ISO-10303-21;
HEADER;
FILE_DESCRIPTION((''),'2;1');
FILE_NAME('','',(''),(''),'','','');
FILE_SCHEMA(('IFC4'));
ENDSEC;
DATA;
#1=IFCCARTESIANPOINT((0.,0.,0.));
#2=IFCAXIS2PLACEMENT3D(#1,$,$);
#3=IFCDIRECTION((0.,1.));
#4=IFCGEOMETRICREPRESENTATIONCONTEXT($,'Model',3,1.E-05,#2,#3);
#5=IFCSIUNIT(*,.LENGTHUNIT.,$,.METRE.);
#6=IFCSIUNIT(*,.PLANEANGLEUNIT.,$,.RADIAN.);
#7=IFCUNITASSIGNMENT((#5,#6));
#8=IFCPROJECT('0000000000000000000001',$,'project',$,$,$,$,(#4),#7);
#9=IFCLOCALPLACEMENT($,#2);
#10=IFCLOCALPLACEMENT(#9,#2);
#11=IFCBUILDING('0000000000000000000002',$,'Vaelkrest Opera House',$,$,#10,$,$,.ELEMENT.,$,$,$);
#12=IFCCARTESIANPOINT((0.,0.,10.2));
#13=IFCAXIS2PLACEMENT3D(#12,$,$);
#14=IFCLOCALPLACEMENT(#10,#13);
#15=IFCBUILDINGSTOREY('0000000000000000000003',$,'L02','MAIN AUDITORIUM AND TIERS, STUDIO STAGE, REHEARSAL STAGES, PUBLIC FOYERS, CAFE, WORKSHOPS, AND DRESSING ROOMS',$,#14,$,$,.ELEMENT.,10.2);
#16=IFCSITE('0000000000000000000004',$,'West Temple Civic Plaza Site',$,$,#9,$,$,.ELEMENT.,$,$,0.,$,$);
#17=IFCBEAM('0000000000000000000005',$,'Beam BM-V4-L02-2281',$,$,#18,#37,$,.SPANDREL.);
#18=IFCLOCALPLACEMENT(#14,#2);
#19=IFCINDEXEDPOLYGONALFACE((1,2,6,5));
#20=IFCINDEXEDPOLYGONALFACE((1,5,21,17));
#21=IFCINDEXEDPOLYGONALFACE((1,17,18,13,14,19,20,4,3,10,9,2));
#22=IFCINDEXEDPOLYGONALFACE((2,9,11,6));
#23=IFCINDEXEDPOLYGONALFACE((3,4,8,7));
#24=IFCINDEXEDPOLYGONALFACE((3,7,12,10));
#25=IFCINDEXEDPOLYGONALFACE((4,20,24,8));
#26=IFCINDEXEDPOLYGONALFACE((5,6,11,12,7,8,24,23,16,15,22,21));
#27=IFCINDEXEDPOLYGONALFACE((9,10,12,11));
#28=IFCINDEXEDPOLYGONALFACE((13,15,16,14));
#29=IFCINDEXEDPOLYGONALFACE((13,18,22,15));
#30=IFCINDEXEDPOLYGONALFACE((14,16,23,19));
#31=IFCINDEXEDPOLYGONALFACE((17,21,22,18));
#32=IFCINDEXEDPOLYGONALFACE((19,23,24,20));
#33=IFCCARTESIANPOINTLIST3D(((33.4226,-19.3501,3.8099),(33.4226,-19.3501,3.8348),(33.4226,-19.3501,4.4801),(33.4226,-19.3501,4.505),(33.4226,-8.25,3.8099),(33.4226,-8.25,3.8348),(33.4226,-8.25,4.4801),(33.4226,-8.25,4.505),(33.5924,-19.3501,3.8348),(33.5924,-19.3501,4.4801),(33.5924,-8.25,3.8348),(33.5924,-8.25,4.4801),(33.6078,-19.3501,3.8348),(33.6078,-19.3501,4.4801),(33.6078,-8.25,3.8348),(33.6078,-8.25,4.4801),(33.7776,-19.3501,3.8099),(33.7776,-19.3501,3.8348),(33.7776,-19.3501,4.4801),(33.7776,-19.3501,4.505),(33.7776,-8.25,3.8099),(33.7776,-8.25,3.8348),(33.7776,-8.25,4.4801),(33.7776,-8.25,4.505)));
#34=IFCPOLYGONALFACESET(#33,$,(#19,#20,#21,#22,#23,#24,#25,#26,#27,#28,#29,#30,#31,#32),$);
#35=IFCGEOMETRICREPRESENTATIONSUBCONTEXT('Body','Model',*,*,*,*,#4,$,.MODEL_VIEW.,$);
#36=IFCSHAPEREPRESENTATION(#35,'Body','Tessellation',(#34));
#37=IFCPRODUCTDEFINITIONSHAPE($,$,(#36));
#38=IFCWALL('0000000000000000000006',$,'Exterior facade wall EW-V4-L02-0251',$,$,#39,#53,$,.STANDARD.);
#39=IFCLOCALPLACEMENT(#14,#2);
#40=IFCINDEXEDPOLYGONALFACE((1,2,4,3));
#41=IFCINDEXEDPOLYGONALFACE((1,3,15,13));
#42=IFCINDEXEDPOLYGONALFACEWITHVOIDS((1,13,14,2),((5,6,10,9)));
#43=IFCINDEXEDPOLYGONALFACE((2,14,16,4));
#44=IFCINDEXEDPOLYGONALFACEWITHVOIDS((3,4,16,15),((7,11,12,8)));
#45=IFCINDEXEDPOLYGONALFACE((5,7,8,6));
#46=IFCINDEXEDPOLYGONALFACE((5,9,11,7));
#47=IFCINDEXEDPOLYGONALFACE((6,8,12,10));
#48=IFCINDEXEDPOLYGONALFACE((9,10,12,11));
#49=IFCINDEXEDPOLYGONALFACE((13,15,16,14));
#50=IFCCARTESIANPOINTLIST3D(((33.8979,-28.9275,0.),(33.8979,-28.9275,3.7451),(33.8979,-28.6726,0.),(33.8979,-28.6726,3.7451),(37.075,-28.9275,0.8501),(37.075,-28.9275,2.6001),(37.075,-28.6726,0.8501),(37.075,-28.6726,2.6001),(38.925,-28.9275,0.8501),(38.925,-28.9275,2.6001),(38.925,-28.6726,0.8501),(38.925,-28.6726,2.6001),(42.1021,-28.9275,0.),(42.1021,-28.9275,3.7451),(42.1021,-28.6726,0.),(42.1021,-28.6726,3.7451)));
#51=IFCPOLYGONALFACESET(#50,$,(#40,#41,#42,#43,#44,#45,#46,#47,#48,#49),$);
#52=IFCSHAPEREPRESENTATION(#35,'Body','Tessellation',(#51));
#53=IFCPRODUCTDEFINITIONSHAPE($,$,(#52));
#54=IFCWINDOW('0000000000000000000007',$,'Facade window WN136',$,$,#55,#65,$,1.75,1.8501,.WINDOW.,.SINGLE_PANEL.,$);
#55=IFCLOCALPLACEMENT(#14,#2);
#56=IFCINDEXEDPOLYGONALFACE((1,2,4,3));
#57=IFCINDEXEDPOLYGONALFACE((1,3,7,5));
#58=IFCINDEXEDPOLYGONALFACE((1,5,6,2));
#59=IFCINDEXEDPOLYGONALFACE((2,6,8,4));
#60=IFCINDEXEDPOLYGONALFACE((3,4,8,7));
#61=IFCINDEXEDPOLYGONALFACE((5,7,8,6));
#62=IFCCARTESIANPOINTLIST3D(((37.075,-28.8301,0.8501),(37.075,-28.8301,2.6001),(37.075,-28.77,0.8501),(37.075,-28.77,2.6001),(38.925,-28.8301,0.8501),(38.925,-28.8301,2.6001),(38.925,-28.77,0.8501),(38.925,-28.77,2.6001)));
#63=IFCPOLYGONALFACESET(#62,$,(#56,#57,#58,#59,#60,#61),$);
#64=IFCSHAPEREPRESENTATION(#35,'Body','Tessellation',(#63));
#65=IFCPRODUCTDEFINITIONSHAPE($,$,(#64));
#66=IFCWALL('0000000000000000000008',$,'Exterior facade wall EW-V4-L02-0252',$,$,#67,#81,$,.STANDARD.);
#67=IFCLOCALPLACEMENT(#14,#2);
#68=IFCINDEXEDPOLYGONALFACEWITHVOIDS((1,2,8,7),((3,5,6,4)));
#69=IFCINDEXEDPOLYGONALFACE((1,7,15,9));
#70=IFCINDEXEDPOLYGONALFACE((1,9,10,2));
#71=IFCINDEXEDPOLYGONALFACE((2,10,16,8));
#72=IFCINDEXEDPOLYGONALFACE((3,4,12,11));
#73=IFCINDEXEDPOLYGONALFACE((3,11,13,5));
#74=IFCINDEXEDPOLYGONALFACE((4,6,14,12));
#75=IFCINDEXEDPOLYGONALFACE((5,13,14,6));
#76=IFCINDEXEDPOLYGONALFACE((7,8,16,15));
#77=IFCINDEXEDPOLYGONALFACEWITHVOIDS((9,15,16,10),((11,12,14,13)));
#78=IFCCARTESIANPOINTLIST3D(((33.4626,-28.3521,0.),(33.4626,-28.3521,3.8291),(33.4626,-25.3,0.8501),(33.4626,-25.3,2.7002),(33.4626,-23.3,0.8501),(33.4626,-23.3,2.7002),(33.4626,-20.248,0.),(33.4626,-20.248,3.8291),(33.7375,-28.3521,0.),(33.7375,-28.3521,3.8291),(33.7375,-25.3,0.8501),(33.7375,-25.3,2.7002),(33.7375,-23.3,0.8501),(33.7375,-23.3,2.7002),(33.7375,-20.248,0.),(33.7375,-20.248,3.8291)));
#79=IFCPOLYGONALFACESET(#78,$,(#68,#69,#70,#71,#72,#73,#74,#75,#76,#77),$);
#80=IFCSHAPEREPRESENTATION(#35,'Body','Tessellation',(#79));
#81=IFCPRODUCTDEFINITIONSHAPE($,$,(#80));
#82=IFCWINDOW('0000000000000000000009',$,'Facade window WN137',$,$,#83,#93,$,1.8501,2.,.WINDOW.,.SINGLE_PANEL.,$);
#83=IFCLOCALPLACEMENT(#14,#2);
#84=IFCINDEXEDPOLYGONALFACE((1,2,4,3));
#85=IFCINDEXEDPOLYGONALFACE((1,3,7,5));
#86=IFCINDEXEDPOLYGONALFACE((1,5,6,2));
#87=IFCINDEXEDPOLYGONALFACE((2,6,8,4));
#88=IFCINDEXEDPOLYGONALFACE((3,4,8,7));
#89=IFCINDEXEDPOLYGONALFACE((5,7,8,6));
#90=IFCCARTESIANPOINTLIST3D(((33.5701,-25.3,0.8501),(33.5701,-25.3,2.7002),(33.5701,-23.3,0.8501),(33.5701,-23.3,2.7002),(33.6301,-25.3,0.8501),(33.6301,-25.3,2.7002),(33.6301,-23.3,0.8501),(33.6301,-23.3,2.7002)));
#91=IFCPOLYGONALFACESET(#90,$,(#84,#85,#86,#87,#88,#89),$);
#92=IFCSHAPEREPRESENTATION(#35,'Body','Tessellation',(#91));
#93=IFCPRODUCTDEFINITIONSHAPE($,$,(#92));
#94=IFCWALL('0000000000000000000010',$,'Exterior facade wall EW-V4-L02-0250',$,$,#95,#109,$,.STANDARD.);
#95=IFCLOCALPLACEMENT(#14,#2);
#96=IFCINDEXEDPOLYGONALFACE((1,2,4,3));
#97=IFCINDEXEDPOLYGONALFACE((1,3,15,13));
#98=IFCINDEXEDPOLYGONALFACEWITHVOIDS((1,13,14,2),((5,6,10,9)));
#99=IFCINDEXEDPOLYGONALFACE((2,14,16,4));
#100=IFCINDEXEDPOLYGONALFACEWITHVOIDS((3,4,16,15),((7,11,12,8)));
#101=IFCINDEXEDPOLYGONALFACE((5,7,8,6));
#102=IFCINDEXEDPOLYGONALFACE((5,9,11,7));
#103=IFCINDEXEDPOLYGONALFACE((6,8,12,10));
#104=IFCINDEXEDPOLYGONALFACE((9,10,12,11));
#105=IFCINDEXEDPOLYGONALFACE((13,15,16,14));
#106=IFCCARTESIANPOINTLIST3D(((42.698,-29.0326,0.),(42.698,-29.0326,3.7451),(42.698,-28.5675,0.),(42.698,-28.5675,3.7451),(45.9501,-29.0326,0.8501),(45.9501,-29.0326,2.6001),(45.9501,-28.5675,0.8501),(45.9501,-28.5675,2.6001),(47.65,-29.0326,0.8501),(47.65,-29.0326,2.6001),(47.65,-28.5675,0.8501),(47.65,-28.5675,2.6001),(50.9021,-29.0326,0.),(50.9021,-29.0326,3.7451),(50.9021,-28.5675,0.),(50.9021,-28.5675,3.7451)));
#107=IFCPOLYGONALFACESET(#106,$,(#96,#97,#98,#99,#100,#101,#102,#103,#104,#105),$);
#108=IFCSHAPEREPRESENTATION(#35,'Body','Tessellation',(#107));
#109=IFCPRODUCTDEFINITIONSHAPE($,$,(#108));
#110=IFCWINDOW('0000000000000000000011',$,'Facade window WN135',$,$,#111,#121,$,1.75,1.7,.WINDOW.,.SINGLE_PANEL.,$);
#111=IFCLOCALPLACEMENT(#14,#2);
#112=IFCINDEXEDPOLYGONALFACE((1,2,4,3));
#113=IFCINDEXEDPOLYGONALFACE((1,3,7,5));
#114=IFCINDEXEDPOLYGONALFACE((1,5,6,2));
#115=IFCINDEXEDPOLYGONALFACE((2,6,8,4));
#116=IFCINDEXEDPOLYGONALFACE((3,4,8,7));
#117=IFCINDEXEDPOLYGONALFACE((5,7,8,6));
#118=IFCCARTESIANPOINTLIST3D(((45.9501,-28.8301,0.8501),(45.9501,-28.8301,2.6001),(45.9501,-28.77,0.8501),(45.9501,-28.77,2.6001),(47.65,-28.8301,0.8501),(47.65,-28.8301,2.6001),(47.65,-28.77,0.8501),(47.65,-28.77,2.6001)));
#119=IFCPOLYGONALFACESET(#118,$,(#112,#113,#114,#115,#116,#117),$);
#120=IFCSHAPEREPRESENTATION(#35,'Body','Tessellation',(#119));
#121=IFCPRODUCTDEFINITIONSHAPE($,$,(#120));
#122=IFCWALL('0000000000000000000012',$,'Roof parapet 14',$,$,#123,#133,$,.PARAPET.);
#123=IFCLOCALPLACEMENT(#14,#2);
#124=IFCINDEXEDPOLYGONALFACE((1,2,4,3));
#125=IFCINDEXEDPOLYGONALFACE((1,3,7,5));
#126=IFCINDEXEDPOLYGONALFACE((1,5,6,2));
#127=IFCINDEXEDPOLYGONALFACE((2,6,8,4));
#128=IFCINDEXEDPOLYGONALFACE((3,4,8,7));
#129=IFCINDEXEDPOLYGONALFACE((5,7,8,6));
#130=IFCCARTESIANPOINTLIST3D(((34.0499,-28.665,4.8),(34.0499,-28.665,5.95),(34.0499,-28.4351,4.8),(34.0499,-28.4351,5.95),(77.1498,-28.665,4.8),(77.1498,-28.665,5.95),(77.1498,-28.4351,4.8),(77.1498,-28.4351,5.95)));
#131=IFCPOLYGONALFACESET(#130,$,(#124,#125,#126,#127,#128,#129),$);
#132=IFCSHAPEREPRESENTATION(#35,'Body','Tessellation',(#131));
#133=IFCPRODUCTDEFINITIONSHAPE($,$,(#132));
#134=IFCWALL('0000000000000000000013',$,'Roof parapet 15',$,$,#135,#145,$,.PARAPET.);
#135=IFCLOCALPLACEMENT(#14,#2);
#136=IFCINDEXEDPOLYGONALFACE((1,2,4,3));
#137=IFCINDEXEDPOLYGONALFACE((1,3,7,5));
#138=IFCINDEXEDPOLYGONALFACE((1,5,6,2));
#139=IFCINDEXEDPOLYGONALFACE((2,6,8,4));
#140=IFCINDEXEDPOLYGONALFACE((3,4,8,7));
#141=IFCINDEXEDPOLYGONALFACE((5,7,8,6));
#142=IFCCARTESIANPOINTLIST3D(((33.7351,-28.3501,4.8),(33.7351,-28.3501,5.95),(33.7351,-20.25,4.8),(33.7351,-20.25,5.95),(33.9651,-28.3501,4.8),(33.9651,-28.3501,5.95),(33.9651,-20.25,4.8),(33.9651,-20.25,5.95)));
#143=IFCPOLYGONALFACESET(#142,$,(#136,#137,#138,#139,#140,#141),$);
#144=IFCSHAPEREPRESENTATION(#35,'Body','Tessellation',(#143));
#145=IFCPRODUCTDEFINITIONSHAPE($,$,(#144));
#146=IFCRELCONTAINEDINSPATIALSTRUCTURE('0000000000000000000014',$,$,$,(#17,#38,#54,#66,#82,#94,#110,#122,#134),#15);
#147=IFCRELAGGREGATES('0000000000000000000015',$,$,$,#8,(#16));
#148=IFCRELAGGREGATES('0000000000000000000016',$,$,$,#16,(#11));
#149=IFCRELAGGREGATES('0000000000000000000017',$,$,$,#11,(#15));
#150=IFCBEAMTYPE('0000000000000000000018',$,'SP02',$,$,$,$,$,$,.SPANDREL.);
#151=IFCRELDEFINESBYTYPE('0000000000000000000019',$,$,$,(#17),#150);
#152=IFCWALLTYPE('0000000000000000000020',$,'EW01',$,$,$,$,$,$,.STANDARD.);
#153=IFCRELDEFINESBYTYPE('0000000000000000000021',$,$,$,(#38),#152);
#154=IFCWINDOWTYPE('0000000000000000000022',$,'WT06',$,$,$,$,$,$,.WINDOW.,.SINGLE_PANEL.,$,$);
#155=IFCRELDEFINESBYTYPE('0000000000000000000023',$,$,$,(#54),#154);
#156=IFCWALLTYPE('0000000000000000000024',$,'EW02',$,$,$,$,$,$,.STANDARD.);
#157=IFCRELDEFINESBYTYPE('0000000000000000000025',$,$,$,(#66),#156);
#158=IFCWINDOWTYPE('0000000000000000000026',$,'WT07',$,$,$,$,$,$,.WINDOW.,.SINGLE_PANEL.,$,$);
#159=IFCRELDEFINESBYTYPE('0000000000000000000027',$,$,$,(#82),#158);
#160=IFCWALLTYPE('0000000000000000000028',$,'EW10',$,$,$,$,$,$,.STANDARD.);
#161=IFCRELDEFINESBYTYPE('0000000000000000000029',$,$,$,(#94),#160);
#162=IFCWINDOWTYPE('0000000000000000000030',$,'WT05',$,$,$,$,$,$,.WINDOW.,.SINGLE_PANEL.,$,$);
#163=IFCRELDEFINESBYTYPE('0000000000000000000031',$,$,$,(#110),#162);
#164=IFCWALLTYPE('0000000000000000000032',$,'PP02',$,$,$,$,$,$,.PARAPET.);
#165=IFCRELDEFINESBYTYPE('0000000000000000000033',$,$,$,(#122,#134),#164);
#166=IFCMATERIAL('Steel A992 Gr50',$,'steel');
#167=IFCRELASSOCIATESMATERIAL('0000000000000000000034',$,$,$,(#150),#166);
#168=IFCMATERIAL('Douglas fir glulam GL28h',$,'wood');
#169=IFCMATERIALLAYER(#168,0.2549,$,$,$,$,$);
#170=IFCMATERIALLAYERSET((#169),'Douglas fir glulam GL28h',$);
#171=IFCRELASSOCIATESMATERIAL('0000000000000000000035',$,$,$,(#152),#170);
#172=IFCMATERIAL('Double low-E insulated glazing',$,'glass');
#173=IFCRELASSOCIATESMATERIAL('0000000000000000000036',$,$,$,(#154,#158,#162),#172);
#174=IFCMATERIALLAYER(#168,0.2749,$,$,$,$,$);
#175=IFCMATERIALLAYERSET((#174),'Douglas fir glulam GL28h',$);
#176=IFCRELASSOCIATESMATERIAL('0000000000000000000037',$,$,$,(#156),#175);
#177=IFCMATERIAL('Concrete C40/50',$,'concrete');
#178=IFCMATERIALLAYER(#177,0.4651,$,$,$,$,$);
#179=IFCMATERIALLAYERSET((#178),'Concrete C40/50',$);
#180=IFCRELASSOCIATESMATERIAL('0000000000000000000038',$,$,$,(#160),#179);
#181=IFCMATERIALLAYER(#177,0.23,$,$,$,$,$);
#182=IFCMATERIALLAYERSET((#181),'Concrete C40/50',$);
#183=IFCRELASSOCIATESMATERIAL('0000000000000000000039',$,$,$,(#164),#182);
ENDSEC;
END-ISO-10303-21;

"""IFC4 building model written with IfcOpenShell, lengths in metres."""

from ifc_helpers import new_model, si_unit, direction, frame, frame_2d, origin, origin_2d, place, context, subcontext, project, spatial, rectangle, i_section, extrude, material, layer, layer_set, material_profile, profile_set, type_object, element, fill, save


model = new_model("IFC4")

# Units and contexts
model_context = context("Model", 3, precision=1e-05, world=origin(), true_north=direction((0.0, 1.0)))
body_context = subcontext(model_context, "Body", "Model", "MODEL_VIEW")
ifc_project = project(units=[si_unit("LENGTHUNIT", "METRE"), si_unit("PLANEANGLEUNIT", "RADIAN")], contexts=[model_context])

# Site, building, storey
site_placement = place(None, origin())
site = spatial("IfcSite", under=ifc_project, at=site_placement, Name="West Temple Civic Plaza Site", CompositionType="ELEMENT", RefElevation=0.0)
building_placement = place(site_placement, origin())
building = spatial("IfcBuilding", under=site, at=building_placement, Name="Vaelkrest Opera House", CompositionType="ELEMENT")
storey_placement = place(building_placement, frame((0.0, 0.0, 10.2)))
storey = spatial("IfcBuildingStorey", under=building, at=storey_placement, Name="L02", Description="MAIN AUDITORIUM AND TIERS, STUDIO STAGE, REHEARSAL STAGES, PUBLIC FOYERS, CAFE, WORKSHOPS, AND DRESSING ROOMS", CompositionType="ELEMENT", Elevation=10.2)

# Shared definitions
ifc_material_1 = material(Name="Steel A992 Gr50", Category="steel")

# Beam
ifc_material_profile_1 = material_profile(ifc_material_1, i_section(OverallWidth=0.355, OverallDepth=0.6951, WebThickness=0.0154, FlangeThickness=0.0249, at=origin_2d()), Name="W27X146")
ifc_profile_set_1 = profile_set([ifc_material_profile_1], Name="Steel A992 Gr50")
beam_type_1 = type_object("IfcBeamType", Name="SP02", PredefinedType="SPANDREL", material=ifc_profile_set_1)
beam_1_placement = place(storey_placement, frame((33.6001, -19.3501, 4.1575), z_axis=(0.0, 1.0, 0.0), x_axis=(-1.0, 0.0, 0.0)))
element("IfcBeam", 1, at=beam_1_placement, inside=storey, type_object=beam_type_1, Name="Beam BM-V4-L02-2281", PredefinedType="SPANDREL", context=body_context, shape_type="SweptSolid", body=[
    extrude(i_section(OverallWidth=0.355, OverallDepth=0.6951, WebThickness=0.0154, FlangeThickness=0.0249, at=origin_2d()), origin(), (0.0, 0.0, 1.0), 11.1001),
])

# Walls, openings, windows
ifc_material_2 = material(Name="Douglas fir glulam GL28h", Category="wood")
ifc_layer_1 = layer(ifc_material_2, 0.2549)
ifc_layer_set_1 = layer_set([ifc_layer_1], Name="Douglas fir glulam GL28h")
wall_type_1 = type_object("IfcWallType", Name="EW01", PredefinedType="STANDARD", material=ifc_layer_set_1)
wall_1_placement = place(storey_placement, frame((42.1021, -28.8, 0.0), z_axis=(0.0, 0.0, 1.0), x_axis=(-1.0, 0.0, 0.0)))
wall_1 = element("IfcWall", 2, at=wall_1_placement, inside=storey, type_object=wall_type_1, Name="Exterior facade wall EW-V4-L02-0251", PredefinedType="STANDARD", context=body_context, shape_type="SweptSolid", body=[
    extrude(rectangle(XDim=8.2041, YDim=0.2549, at=frame_2d((4.1021, 0.0))), origin(), (0.0, 0.0, 1.0), 3.7451),
])
opening_1_placement = place(wall_1_placement, frame((3.177, 0.0, 0.8501)))
opening_1 = element("IfcOpeningElement", 3, at=opening_1_placement, cuts=wall_1, PredefinedType="OPENING", context=body_context, shape_type="SweptSolid", body=[
    extrude(rectangle(XDim=1.8501, YDim=1.75, at=frame_2d((0.925, 0.875))), frame((0.0, 0.1375, 0.0), z_axis=(0.0, -1.0, 0.0), x_axis=(1.0, 0.0, 0.0)), (0.0, 0.0, 1.0), 0.2749),
])
ifc_material_3 = material(Name="Double low-E insulated glazing", Category="glass")
window_type_1 = type_object("IfcWindowType", Name="WT06", PartitioningType="SINGLE_PANEL", PredefinedType="WINDOW", material=ifc_material_3)
window_1_placement = place(opening_1_placement, origin())
window_1 = element("IfcWindow", 4, at=window_1_placement, inside=storey, type_object=window_type_1, Name="Facade window WN136", OverallHeight=1.75, OverallWidth=1.8501, PartitioningType="SINGLE_PANEL", PredefinedType="WINDOW", context=body_context, shape_type="SweptSolid", body=[
    extrude(rectangle(XDim=1.8501, YDim=1.75, at=frame_2d((0.925, 0.875))), frame((0.0, 0.03, 0.0), z_axis=(0.0, -1.0, 0.0), x_axis=(1.0, 0.0, 0.0)), (0.0, 0.0, 1.0), 0.0601),
])
fill(opening_1, window_1)
ifc_layer_2 = layer(ifc_material_2, 0.2749)
ifc_layer_set_2 = layer_set([ifc_layer_2], Name="Douglas fir glulam GL28h")
wall_type_2 = type_object("IfcWallType", Name="EW02", PredefinedType="STANDARD", material=ifc_layer_set_2)
wall_2_placement = place(storey_placement, frame((33.6001, -28.3521, 0.0), z_axis=(0.0, 0.0, 1.0), x_axis=(0.0, 1.0, 0.0)))
wall_2 = element("IfcWall", 5, at=wall_2_placement, inside=storey, type_object=wall_type_2, Name="Exterior facade wall EW-V4-L02-0252", PredefinedType="STANDARD", context=body_context, shape_type="SweptSolid", body=[
    extrude(rectangle(XDim=8.104, YDim=0.2749, at=frame_2d((4.052, 0.0))), origin(), (0.0, 0.0, 1.0), 3.8291),
])
opening_2_placement = place(wall_2_placement, frame((3.052, 0.0, 0.8501)))
opening_2 = element("IfcOpeningElement", 6, at=opening_2_placement, cuts=wall_2, PredefinedType="OPENING", context=body_context, shape_type="SweptSolid", body=[
    extrude(rectangle(XDim=2.0, YDim=1.8501, at=frame_2d((1.0, 0.925))), frame((0.0, 0.1475, 0.0), z_axis=(0.0, -1.0, 0.0), x_axis=(1.0, 0.0, 0.0)), (0.0, 0.0, 1.0), 0.2949),
])
window_type_2 = type_object("IfcWindowType", Name="WT07", PartitioningType="SINGLE_PANEL", PredefinedType="WINDOW", material=ifc_material_3)
window_2_placement = place(opening_2_placement, origin())
window_2 = element("IfcWindow", 7, at=window_2_placement, inside=storey, type_object=window_type_2, Name="Facade window WN137", OverallHeight=1.8501, OverallWidth=2.0, PartitioningType="SINGLE_PANEL", PredefinedType="WINDOW", context=body_context, shape_type="SweptSolid", body=[
    extrude(rectangle(XDim=2.0, YDim=1.8501, at=frame_2d((1.0, 0.925))), frame((0.0, 0.03, 0.0), z_axis=(0.0, -1.0, 0.0), x_axis=(1.0, 0.0, 0.0)), (0.0, 0.0, 1.0), 0.0601),
])
fill(opening_2, window_2)
ifc_material_4 = material(Name="Concrete C40/50", Category="concrete")
ifc_layer_3 = layer(ifc_material_4, 0.4651)
ifc_layer_set_3 = layer_set([ifc_layer_3], Name="Concrete C40/50")
wall_type_3 = type_object("IfcWallType", Name="EW10", PredefinedType="STANDARD", material=ifc_layer_set_3)
wall_3_placement = place(storey_placement, frame((50.9021, -28.8, 0.0), z_axis=(0.0, 0.0, 1.0), x_axis=(-1.0, 0.0, 0.0)))
wall_3 = element("IfcWall", 8, at=wall_3_placement, inside=storey, type_object=wall_type_3, Name="Exterior facade wall EW-V4-L02-0250", PredefinedType="STANDARD", context=body_context, shape_type="SweptSolid", body=[
    extrude(rectangle(XDim=8.2041, YDim=0.4651, at=frame_2d((4.1021, 0.0))), origin(), (0.0, 0.0, 1.0), 3.7451),
])
opening_3_placement = place(wall_3_placement, frame((3.252, 0.0, 0.8501)))
opening_3 = element("IfcOpeningElement", 9, at=opening_3_placement, cuts=wall_3, PredefinedType="OPENING", context=body_context, shape_type="SweptSolid", body=[
    extrude(rectangle(XDim=1.7, YDim=1.75, at=frame_2d((0.8501, 0.875))), frame((0.0, 0.2424, 0.0), z_axis=(0.0, -1.0, 0.0), x_axis=(1.0, 0.0, 0.0)), (0.0, 0.0, 1.0), 0.4851),
])
window_type_3 = type_object("IfcWindowType", Name="WT05", PartitioningType="SINGLE_PANEL", PredefinedType="WINDOW", material=ifc_material_3)
window_3_placement = place(opening_3_placement, origin())
window_3 = element("IfcWindow", 10, at=window_3_placement, inside=storey, type_object=window_type_3, Name="Facade window WN135", OverallHeight=1.75, OverallWidth=1.7, PartitioningType="SINGLE_PANEL", PredefinedType="WINDOW", context=body_context, shape_type="SweptSolid", body=[
    extrude(rectangle(XDim=1.7, YDim=1.75, at=frame_2d((0.8501, 0.875))), frame((0.0, 0.03, 0.0), z_axis=(0.0, -1.0, 0.0), x_axis=(1.0, 0.0, 0.0)), (0.0, 0.0, 1.0), 0.0601),
])
fill(opening_3, window_3)

# Walls
ifc_layer_4 = layer(ifc_material_4, 0.23)
ifc_layer_set_4 = layer_set([ifc_layer_4], Name="Concrete C40/50")
wall_type_4 = type_object("IfcWallType", Name="PP02", PredefinedType="PARAPET", material=ifc_layer_set_4)
wall_4_placement = place(storey_placement, frame((34.05, -28.55, 4.8), z_axis=(0.0, 0.0, 1.0), x_axis=(1.0, 0.0, 0.0)))
element("IfcWall", 11, at=wall_4_placement, inside=storey, type_object=wall_type_4, Name="Roof parapet 14", PredefinedType="PARAPET", context=body_context, shape_type="SweptSolid", body=[
    extrude(rectangle(XDim=43.0999, YDim=0.23, at=frame_2d((21.5498, 0.0))), origin(), (0.0, 0.0, 1.0), 1.1499),
])
wall_5_placement = place(storey_placement, frame((33.8501, -20.25, 4.8), z_axis=(0.0, 0.0, 1.0), x_axis=(0.0, -1.0, 0.0)))
element("IfcWall", 12, at=wall_5_placement, inside=storey, type_object=wall_type_4, Name="Roof parapet 15", PredefinedType="PARAPET", context=body_context, shape_type="SweptSolid", body=[
    extrude(rectangle(XDim=8.1001, YDim=0.23, at=frame_2d((4.05, 0.0))), origin(), (0.0, 0.0, 1.0), 1.1499),
])

save(model, "model.ifc")
